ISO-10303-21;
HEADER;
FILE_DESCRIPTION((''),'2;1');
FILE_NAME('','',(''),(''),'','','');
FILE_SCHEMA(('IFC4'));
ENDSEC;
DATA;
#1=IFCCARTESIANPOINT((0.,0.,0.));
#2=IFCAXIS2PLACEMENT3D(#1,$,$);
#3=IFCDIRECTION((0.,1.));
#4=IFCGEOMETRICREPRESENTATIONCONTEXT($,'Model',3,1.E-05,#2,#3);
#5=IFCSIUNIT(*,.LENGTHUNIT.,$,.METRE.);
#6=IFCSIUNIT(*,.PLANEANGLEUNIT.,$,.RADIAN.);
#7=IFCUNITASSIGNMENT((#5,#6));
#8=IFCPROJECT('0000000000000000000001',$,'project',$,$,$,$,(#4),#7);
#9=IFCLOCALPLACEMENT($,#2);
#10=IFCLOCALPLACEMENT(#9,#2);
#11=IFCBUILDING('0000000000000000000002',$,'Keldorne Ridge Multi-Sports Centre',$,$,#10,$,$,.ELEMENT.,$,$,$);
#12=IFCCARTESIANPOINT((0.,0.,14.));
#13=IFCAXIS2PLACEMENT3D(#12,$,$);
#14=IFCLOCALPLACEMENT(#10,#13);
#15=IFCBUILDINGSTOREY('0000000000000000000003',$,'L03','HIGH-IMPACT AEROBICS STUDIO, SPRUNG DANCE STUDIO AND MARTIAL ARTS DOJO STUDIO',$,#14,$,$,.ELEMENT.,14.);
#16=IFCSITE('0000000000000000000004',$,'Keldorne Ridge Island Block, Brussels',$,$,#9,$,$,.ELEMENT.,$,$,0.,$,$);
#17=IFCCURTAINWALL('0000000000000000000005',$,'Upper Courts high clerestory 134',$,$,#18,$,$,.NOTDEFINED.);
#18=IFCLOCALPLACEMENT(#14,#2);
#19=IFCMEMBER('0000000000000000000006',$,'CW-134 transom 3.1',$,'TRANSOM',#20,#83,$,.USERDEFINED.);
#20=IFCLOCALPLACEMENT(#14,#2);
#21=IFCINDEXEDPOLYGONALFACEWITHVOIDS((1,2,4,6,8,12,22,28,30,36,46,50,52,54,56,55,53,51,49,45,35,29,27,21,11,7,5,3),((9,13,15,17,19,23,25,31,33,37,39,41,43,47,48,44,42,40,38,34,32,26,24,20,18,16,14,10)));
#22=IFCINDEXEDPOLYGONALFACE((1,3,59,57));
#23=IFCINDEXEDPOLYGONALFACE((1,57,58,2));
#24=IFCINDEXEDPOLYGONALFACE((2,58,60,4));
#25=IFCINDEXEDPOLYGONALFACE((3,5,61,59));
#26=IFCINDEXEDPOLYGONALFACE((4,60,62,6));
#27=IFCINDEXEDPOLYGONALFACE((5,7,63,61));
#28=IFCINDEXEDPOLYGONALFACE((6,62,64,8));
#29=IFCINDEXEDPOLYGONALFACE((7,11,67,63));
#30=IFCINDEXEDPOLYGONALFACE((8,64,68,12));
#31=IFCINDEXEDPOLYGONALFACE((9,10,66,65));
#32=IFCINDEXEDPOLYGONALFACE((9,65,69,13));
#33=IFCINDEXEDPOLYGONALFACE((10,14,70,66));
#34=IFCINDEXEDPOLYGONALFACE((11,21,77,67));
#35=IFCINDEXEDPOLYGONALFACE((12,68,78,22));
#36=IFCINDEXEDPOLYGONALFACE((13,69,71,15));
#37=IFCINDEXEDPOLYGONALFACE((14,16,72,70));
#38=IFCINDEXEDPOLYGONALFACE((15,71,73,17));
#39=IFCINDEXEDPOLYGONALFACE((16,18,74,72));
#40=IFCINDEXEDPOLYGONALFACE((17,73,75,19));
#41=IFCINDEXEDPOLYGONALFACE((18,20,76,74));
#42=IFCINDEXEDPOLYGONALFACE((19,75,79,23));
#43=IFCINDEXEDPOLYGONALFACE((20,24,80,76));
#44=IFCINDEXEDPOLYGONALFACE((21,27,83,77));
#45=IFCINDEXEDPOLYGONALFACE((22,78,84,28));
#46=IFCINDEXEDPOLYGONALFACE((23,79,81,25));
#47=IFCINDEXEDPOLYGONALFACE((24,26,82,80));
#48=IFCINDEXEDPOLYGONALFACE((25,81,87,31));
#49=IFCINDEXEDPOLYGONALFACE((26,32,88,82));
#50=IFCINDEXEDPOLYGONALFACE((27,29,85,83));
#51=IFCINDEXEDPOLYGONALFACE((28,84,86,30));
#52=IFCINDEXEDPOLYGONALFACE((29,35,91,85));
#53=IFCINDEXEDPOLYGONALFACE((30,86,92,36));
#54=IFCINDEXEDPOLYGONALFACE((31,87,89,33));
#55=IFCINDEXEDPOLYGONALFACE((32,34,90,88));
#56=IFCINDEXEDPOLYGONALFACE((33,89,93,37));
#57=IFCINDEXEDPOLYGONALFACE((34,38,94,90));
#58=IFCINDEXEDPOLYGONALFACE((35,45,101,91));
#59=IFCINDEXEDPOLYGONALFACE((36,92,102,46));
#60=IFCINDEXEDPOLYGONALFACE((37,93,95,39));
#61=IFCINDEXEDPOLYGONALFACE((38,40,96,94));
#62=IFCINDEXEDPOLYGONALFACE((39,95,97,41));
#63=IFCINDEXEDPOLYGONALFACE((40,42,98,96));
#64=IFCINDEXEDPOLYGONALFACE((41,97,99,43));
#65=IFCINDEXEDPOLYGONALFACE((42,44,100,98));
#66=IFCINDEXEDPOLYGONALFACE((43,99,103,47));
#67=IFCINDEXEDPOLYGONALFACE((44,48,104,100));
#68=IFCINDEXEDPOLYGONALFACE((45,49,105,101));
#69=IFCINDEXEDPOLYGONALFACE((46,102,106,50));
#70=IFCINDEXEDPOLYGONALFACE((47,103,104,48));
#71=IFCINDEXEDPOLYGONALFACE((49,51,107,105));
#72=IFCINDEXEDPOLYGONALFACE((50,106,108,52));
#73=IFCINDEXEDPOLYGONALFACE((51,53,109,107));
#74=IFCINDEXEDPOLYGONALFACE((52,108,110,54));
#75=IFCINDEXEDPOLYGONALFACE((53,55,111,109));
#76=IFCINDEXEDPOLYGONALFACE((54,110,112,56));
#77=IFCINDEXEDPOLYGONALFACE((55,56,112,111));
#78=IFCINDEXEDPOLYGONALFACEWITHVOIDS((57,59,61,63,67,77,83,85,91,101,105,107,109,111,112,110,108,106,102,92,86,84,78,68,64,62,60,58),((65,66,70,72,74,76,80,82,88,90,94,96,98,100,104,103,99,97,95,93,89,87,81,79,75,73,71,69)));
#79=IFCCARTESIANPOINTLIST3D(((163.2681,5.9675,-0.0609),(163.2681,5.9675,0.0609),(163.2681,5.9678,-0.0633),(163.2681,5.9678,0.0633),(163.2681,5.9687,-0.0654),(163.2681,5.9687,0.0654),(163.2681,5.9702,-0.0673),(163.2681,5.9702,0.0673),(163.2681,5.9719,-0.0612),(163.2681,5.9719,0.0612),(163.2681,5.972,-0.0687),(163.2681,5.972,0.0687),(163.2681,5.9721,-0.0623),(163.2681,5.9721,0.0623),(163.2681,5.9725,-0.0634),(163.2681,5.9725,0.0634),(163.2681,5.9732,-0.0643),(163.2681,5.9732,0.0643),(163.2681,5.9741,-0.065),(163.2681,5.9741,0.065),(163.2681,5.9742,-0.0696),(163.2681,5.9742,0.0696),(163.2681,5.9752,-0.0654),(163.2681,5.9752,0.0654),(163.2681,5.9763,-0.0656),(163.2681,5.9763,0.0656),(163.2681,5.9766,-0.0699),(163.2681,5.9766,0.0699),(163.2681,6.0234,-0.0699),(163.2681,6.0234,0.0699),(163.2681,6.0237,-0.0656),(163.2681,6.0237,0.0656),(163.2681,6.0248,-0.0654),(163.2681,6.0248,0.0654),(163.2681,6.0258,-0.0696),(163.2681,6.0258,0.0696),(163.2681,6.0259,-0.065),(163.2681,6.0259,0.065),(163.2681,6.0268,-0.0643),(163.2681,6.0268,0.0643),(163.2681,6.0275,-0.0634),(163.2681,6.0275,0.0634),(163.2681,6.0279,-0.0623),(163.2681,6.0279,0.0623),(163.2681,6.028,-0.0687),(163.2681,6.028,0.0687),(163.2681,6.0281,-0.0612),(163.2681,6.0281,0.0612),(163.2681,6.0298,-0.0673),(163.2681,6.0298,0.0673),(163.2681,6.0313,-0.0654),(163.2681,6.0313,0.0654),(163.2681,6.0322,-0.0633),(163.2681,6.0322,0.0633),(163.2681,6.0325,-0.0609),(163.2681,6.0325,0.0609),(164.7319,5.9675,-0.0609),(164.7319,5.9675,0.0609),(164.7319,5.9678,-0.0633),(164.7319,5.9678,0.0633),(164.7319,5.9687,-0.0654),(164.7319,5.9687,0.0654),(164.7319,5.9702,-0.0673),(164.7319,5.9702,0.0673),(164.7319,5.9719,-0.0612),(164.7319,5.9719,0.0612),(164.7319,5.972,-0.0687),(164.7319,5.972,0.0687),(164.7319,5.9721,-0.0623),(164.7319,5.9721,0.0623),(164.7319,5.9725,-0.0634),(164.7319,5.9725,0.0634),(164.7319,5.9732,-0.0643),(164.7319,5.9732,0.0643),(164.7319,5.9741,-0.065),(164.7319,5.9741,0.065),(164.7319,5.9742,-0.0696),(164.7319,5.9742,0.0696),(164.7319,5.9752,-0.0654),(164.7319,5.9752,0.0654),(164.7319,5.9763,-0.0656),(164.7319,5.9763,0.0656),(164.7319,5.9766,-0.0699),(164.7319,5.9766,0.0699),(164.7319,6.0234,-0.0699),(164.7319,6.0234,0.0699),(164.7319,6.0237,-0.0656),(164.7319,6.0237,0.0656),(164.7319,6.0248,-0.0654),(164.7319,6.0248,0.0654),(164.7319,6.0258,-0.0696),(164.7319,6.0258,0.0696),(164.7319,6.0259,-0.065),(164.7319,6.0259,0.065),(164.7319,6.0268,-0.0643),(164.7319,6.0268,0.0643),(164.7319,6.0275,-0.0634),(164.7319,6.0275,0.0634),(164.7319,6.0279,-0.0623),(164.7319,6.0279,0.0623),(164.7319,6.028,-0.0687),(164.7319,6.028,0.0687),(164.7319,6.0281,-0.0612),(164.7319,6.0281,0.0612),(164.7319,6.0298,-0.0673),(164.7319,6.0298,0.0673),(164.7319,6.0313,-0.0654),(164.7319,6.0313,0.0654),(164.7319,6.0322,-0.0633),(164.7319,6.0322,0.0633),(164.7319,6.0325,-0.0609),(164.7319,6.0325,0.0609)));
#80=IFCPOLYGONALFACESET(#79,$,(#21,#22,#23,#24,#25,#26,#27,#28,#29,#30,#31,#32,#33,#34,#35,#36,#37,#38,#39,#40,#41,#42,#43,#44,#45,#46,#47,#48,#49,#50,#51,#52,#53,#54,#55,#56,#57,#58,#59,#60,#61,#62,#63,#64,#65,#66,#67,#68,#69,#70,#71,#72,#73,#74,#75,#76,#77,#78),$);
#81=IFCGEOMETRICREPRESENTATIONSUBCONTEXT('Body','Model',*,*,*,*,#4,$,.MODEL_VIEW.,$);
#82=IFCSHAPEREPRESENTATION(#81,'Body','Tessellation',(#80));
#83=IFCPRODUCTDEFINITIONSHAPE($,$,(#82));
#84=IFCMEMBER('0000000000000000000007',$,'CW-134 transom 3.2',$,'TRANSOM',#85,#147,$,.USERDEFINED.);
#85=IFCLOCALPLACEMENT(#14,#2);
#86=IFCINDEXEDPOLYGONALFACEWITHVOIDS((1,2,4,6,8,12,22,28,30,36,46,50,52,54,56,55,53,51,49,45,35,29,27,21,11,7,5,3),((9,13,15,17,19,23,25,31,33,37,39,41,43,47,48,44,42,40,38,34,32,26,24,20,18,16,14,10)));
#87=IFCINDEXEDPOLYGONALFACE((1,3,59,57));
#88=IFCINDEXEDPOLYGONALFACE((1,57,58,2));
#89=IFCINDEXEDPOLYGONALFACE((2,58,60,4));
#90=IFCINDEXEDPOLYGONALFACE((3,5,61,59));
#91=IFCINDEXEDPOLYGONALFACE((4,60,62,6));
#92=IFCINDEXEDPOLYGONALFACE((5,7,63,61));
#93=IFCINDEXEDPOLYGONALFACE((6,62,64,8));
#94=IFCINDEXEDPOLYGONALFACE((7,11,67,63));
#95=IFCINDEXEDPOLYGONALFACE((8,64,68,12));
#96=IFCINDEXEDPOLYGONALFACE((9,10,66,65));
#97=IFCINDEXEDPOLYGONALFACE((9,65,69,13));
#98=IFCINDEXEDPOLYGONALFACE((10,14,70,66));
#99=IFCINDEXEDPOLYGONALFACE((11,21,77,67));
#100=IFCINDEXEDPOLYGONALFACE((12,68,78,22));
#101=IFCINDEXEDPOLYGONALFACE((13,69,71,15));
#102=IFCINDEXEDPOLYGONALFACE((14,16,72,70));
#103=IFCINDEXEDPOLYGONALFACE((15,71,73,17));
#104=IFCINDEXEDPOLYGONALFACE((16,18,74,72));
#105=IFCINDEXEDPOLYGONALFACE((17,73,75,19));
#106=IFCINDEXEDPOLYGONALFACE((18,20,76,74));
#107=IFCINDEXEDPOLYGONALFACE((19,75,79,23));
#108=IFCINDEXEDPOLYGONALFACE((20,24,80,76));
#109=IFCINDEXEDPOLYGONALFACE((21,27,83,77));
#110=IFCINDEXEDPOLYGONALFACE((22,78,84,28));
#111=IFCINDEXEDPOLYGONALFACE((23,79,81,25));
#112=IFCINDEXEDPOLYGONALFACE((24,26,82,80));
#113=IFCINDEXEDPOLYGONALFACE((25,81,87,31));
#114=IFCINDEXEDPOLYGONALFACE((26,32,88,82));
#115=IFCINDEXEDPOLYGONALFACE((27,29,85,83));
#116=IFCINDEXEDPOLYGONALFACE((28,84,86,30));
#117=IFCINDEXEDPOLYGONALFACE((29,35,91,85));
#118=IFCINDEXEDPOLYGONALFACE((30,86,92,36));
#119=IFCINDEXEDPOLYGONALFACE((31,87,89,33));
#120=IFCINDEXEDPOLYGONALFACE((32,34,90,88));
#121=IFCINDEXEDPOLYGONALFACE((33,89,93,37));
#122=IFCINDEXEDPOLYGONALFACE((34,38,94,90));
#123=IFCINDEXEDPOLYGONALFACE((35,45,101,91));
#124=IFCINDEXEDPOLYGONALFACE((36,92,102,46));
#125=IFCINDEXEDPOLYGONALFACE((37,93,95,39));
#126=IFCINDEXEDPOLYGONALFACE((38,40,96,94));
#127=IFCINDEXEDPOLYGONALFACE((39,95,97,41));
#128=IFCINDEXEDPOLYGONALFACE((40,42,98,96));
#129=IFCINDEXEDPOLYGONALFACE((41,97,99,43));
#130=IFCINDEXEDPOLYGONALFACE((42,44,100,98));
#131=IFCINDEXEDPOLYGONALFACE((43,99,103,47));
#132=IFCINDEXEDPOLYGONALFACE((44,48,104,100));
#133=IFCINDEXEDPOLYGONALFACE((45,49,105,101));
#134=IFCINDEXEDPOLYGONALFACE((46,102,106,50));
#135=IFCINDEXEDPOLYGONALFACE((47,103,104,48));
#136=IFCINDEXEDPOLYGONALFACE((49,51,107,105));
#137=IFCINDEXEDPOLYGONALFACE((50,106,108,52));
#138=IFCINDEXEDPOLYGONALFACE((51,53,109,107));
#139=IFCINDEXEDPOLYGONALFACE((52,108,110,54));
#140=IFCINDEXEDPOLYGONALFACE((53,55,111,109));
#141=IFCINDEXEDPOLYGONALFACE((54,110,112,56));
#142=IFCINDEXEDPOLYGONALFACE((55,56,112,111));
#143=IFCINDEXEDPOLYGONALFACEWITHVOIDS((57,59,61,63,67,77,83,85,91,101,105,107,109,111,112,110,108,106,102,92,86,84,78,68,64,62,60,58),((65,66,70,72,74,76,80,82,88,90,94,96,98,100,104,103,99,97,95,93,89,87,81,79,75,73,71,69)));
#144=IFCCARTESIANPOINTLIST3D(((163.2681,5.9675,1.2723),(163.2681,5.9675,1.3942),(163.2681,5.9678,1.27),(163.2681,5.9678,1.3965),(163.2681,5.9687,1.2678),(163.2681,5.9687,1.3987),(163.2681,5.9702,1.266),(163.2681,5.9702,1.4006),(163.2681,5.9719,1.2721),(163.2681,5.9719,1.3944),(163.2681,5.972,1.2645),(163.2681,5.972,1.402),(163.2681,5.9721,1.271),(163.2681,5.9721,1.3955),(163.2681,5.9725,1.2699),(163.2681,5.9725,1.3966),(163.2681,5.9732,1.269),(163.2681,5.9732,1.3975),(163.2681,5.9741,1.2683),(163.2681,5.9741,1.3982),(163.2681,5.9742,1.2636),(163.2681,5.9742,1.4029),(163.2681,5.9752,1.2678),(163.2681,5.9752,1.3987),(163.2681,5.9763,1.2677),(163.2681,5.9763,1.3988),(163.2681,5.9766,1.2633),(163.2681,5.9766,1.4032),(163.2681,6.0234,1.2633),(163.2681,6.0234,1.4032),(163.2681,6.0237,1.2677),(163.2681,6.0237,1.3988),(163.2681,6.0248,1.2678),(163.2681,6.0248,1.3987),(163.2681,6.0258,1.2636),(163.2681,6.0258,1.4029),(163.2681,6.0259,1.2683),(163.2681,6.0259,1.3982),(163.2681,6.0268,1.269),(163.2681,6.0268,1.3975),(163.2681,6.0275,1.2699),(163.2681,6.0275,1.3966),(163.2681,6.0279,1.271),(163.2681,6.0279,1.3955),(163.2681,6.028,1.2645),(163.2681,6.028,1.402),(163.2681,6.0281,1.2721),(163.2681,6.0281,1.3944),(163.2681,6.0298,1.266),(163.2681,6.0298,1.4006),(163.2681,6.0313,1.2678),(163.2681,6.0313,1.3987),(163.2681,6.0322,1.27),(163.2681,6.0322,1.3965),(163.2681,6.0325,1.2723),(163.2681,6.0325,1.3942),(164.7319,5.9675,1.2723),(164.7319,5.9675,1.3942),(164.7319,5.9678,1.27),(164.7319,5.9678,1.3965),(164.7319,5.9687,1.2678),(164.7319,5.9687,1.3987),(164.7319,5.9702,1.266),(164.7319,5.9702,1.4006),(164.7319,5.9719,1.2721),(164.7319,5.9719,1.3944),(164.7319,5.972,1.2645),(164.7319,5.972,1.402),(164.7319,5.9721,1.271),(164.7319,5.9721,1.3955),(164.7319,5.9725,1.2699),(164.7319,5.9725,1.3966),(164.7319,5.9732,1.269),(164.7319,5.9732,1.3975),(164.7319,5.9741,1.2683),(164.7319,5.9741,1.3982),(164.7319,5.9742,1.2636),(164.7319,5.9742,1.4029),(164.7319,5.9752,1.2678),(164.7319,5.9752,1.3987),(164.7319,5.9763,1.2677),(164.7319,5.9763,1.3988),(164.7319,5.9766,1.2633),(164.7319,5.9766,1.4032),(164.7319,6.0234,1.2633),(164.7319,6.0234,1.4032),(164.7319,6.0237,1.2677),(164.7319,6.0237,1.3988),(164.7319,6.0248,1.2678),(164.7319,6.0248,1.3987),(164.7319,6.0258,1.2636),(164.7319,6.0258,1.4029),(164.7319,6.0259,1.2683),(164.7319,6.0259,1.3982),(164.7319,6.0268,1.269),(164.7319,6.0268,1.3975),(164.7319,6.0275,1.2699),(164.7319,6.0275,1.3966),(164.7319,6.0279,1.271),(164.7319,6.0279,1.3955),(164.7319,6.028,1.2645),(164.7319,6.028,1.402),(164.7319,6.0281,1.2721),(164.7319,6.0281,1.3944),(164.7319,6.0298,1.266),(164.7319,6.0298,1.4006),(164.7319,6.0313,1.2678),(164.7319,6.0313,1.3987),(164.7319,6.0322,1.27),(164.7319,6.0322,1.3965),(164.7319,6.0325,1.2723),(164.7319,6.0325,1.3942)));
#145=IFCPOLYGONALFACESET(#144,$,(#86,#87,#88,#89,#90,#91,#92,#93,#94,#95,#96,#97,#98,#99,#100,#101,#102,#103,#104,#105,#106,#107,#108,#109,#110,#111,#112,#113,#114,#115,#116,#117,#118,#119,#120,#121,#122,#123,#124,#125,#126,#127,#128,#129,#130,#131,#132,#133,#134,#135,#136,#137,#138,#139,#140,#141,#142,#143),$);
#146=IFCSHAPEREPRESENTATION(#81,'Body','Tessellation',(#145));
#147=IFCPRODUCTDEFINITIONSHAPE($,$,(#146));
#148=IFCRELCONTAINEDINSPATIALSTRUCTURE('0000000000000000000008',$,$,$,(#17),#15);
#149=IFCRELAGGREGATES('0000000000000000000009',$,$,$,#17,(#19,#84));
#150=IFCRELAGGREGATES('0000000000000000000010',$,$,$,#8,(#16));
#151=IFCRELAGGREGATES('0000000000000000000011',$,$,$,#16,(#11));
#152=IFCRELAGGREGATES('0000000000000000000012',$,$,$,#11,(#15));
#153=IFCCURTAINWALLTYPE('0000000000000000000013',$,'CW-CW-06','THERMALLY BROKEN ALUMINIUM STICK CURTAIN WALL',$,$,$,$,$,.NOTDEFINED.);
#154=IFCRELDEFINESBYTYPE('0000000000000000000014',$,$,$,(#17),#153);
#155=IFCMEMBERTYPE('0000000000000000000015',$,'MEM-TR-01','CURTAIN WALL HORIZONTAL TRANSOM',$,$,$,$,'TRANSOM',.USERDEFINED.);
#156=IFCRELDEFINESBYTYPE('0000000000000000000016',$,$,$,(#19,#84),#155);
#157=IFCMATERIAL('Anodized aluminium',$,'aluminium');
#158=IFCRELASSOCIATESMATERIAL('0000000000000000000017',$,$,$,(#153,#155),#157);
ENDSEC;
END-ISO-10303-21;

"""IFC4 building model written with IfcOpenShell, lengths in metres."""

from ifc_helpers import new_model, si_unit, direction, frame, origin, origin_2d, place, context, subcontext, project, spatial, hollow_rectangle, extrude, material, material_profile, profile_set, type_object, element, aggregate, save


model = new_model("IFC4")

# Units and contexts
model_context = context("Model", 3, precision=1e-05, world=origin(), true_north=direction((0.0, 1.0)))
body_context = subcontext(model_context, "Body", "Model", "MODEL_VIEW")
ifc_project = project(units=[si_unit("LENGTHUNIT", "METRE"), si_unit("PLANEANGLEUNIT", "RADIAN")], contexts=[model_context])

# Site, building, storey
site_placement = place(None, origin())
site = spatial("IfcSite", under=ifc_project, at=site_placement, Name="Keldorne Ridge Island Block, Brussels", CompositionType="ELEMENT", RefElevation=0.0)
building_placement = place(site_placement, origin())
building = spatial("IfcBuilding", under=site, at=building_placement, Name="Keldorne Ridge Multi-Sports Centre", CompositionType="ELEMENT")
storey_placement = place(building_placement, frame((0.0, 0.0, 14.0)))
storey = spatial("IfcBuildingStorey", under=building, at=storey_placement, Name="L03", Description="HIGH-IMPACT AEROBICS STUDIO, SPRUNG DANCE STUDIO AND MARTIAL ARTS DOJO STUDIO", CompositionType="ELEMENT", Elevation=14.0)

# Curtain wall, members
ifc_material_1 = material(Name="Anodized aluminium", Category="aluminium")
curtain_wall_type = type_object("IfcCurtainWallType", Name="CW-CW-06", Description="THERMALLY BROKEN ALUMINIUM STICK CURTAIN WALL", PredefinedType="NOTDEFINED", material=ifc_material_1)
curtain_wall_placement = place(storey_placement, origin())
curtain_wall = element("IfcCurtainWall", 1, at=curtain_wall_placement, inside=storey, type_object=curtain_wall_type, Name="Upper Courts high clerestory 134", PredefinedType="NOTDEFINED")
ifc_material_profile_1 = material_profile(ifc_material_1, hollow_rectangle(XDim=0.0649, YDim=0.1399, WallThickness=0.0044, InnerFilletRadius=0.0044, OuterFilletRadius=0.009, at=origin_2d()), Name="ALU TRANSOM 140x65x4.5")
ifc_profile_set_1 = profile_set([ifc_material_profile_1], Name="Anodized aluminium")
member_type_1 = type_object("IfcMemberType", Name="MEM-TR-01", Description="CURTAIN WALL HORIZONTAL TRANSOM", ElementType="TRANSOM", PredefinedType="USERDEFINED", material=ifc_profile_set_1)
member_1_placement = place(storey_placement, frame((163.2681, 6.0, 0.0), z_axis=(1.0, 0.0, 0.0), x_axis=(0.0, 1.0, 0.0)))
member_1 = element("IfcMember", 2, at=member_1_placement, type_object=member_type_1, Name="CW-134 transom 3.1", ObjectType="TRANSOM", PredefinedType="USERDEFINED", context=body_context, shape_type="SweptSolid", body=[
    extrude(hollow_rectangle(XDim=0.0649, YDim=0.1399, WallThickness=0.0044, InnerFilletRadius=0.0044, OuterFilletRadius=0.009, at=origin_2d()), origin(), (0.0, 0.0, 1.0), 1.4639),
])
member_2_placement = place(storey_placement, frame((163.2681, 6.0, 1.3333), z_axis=(1.0, 0.0, 0.0), x_axis=(0.0, 1.0, 0.0)))
member_2 = element("IfcMember", 3, at=member_2_placement, type_object=member_type_1, Name="CW-134 transom 3.2", ObjectType="TRANSOM", PredefinedType="USERDEFINED", context=body_context, shape_type="SweptSolid", body=[
    extrude(hollow_rectangle(XDim=0.0649, YDim=0.1399, WallThickness=0.0044, InnerFilletRadius=0.0044, OuterFilletRadius=0.009, at=origin_2d()), origin(), (0.0, 0.0, 1.0), 1.4639),
])
aggregate(curtain_wall, [member_1, member_2])

save(model, "model.ifc")
